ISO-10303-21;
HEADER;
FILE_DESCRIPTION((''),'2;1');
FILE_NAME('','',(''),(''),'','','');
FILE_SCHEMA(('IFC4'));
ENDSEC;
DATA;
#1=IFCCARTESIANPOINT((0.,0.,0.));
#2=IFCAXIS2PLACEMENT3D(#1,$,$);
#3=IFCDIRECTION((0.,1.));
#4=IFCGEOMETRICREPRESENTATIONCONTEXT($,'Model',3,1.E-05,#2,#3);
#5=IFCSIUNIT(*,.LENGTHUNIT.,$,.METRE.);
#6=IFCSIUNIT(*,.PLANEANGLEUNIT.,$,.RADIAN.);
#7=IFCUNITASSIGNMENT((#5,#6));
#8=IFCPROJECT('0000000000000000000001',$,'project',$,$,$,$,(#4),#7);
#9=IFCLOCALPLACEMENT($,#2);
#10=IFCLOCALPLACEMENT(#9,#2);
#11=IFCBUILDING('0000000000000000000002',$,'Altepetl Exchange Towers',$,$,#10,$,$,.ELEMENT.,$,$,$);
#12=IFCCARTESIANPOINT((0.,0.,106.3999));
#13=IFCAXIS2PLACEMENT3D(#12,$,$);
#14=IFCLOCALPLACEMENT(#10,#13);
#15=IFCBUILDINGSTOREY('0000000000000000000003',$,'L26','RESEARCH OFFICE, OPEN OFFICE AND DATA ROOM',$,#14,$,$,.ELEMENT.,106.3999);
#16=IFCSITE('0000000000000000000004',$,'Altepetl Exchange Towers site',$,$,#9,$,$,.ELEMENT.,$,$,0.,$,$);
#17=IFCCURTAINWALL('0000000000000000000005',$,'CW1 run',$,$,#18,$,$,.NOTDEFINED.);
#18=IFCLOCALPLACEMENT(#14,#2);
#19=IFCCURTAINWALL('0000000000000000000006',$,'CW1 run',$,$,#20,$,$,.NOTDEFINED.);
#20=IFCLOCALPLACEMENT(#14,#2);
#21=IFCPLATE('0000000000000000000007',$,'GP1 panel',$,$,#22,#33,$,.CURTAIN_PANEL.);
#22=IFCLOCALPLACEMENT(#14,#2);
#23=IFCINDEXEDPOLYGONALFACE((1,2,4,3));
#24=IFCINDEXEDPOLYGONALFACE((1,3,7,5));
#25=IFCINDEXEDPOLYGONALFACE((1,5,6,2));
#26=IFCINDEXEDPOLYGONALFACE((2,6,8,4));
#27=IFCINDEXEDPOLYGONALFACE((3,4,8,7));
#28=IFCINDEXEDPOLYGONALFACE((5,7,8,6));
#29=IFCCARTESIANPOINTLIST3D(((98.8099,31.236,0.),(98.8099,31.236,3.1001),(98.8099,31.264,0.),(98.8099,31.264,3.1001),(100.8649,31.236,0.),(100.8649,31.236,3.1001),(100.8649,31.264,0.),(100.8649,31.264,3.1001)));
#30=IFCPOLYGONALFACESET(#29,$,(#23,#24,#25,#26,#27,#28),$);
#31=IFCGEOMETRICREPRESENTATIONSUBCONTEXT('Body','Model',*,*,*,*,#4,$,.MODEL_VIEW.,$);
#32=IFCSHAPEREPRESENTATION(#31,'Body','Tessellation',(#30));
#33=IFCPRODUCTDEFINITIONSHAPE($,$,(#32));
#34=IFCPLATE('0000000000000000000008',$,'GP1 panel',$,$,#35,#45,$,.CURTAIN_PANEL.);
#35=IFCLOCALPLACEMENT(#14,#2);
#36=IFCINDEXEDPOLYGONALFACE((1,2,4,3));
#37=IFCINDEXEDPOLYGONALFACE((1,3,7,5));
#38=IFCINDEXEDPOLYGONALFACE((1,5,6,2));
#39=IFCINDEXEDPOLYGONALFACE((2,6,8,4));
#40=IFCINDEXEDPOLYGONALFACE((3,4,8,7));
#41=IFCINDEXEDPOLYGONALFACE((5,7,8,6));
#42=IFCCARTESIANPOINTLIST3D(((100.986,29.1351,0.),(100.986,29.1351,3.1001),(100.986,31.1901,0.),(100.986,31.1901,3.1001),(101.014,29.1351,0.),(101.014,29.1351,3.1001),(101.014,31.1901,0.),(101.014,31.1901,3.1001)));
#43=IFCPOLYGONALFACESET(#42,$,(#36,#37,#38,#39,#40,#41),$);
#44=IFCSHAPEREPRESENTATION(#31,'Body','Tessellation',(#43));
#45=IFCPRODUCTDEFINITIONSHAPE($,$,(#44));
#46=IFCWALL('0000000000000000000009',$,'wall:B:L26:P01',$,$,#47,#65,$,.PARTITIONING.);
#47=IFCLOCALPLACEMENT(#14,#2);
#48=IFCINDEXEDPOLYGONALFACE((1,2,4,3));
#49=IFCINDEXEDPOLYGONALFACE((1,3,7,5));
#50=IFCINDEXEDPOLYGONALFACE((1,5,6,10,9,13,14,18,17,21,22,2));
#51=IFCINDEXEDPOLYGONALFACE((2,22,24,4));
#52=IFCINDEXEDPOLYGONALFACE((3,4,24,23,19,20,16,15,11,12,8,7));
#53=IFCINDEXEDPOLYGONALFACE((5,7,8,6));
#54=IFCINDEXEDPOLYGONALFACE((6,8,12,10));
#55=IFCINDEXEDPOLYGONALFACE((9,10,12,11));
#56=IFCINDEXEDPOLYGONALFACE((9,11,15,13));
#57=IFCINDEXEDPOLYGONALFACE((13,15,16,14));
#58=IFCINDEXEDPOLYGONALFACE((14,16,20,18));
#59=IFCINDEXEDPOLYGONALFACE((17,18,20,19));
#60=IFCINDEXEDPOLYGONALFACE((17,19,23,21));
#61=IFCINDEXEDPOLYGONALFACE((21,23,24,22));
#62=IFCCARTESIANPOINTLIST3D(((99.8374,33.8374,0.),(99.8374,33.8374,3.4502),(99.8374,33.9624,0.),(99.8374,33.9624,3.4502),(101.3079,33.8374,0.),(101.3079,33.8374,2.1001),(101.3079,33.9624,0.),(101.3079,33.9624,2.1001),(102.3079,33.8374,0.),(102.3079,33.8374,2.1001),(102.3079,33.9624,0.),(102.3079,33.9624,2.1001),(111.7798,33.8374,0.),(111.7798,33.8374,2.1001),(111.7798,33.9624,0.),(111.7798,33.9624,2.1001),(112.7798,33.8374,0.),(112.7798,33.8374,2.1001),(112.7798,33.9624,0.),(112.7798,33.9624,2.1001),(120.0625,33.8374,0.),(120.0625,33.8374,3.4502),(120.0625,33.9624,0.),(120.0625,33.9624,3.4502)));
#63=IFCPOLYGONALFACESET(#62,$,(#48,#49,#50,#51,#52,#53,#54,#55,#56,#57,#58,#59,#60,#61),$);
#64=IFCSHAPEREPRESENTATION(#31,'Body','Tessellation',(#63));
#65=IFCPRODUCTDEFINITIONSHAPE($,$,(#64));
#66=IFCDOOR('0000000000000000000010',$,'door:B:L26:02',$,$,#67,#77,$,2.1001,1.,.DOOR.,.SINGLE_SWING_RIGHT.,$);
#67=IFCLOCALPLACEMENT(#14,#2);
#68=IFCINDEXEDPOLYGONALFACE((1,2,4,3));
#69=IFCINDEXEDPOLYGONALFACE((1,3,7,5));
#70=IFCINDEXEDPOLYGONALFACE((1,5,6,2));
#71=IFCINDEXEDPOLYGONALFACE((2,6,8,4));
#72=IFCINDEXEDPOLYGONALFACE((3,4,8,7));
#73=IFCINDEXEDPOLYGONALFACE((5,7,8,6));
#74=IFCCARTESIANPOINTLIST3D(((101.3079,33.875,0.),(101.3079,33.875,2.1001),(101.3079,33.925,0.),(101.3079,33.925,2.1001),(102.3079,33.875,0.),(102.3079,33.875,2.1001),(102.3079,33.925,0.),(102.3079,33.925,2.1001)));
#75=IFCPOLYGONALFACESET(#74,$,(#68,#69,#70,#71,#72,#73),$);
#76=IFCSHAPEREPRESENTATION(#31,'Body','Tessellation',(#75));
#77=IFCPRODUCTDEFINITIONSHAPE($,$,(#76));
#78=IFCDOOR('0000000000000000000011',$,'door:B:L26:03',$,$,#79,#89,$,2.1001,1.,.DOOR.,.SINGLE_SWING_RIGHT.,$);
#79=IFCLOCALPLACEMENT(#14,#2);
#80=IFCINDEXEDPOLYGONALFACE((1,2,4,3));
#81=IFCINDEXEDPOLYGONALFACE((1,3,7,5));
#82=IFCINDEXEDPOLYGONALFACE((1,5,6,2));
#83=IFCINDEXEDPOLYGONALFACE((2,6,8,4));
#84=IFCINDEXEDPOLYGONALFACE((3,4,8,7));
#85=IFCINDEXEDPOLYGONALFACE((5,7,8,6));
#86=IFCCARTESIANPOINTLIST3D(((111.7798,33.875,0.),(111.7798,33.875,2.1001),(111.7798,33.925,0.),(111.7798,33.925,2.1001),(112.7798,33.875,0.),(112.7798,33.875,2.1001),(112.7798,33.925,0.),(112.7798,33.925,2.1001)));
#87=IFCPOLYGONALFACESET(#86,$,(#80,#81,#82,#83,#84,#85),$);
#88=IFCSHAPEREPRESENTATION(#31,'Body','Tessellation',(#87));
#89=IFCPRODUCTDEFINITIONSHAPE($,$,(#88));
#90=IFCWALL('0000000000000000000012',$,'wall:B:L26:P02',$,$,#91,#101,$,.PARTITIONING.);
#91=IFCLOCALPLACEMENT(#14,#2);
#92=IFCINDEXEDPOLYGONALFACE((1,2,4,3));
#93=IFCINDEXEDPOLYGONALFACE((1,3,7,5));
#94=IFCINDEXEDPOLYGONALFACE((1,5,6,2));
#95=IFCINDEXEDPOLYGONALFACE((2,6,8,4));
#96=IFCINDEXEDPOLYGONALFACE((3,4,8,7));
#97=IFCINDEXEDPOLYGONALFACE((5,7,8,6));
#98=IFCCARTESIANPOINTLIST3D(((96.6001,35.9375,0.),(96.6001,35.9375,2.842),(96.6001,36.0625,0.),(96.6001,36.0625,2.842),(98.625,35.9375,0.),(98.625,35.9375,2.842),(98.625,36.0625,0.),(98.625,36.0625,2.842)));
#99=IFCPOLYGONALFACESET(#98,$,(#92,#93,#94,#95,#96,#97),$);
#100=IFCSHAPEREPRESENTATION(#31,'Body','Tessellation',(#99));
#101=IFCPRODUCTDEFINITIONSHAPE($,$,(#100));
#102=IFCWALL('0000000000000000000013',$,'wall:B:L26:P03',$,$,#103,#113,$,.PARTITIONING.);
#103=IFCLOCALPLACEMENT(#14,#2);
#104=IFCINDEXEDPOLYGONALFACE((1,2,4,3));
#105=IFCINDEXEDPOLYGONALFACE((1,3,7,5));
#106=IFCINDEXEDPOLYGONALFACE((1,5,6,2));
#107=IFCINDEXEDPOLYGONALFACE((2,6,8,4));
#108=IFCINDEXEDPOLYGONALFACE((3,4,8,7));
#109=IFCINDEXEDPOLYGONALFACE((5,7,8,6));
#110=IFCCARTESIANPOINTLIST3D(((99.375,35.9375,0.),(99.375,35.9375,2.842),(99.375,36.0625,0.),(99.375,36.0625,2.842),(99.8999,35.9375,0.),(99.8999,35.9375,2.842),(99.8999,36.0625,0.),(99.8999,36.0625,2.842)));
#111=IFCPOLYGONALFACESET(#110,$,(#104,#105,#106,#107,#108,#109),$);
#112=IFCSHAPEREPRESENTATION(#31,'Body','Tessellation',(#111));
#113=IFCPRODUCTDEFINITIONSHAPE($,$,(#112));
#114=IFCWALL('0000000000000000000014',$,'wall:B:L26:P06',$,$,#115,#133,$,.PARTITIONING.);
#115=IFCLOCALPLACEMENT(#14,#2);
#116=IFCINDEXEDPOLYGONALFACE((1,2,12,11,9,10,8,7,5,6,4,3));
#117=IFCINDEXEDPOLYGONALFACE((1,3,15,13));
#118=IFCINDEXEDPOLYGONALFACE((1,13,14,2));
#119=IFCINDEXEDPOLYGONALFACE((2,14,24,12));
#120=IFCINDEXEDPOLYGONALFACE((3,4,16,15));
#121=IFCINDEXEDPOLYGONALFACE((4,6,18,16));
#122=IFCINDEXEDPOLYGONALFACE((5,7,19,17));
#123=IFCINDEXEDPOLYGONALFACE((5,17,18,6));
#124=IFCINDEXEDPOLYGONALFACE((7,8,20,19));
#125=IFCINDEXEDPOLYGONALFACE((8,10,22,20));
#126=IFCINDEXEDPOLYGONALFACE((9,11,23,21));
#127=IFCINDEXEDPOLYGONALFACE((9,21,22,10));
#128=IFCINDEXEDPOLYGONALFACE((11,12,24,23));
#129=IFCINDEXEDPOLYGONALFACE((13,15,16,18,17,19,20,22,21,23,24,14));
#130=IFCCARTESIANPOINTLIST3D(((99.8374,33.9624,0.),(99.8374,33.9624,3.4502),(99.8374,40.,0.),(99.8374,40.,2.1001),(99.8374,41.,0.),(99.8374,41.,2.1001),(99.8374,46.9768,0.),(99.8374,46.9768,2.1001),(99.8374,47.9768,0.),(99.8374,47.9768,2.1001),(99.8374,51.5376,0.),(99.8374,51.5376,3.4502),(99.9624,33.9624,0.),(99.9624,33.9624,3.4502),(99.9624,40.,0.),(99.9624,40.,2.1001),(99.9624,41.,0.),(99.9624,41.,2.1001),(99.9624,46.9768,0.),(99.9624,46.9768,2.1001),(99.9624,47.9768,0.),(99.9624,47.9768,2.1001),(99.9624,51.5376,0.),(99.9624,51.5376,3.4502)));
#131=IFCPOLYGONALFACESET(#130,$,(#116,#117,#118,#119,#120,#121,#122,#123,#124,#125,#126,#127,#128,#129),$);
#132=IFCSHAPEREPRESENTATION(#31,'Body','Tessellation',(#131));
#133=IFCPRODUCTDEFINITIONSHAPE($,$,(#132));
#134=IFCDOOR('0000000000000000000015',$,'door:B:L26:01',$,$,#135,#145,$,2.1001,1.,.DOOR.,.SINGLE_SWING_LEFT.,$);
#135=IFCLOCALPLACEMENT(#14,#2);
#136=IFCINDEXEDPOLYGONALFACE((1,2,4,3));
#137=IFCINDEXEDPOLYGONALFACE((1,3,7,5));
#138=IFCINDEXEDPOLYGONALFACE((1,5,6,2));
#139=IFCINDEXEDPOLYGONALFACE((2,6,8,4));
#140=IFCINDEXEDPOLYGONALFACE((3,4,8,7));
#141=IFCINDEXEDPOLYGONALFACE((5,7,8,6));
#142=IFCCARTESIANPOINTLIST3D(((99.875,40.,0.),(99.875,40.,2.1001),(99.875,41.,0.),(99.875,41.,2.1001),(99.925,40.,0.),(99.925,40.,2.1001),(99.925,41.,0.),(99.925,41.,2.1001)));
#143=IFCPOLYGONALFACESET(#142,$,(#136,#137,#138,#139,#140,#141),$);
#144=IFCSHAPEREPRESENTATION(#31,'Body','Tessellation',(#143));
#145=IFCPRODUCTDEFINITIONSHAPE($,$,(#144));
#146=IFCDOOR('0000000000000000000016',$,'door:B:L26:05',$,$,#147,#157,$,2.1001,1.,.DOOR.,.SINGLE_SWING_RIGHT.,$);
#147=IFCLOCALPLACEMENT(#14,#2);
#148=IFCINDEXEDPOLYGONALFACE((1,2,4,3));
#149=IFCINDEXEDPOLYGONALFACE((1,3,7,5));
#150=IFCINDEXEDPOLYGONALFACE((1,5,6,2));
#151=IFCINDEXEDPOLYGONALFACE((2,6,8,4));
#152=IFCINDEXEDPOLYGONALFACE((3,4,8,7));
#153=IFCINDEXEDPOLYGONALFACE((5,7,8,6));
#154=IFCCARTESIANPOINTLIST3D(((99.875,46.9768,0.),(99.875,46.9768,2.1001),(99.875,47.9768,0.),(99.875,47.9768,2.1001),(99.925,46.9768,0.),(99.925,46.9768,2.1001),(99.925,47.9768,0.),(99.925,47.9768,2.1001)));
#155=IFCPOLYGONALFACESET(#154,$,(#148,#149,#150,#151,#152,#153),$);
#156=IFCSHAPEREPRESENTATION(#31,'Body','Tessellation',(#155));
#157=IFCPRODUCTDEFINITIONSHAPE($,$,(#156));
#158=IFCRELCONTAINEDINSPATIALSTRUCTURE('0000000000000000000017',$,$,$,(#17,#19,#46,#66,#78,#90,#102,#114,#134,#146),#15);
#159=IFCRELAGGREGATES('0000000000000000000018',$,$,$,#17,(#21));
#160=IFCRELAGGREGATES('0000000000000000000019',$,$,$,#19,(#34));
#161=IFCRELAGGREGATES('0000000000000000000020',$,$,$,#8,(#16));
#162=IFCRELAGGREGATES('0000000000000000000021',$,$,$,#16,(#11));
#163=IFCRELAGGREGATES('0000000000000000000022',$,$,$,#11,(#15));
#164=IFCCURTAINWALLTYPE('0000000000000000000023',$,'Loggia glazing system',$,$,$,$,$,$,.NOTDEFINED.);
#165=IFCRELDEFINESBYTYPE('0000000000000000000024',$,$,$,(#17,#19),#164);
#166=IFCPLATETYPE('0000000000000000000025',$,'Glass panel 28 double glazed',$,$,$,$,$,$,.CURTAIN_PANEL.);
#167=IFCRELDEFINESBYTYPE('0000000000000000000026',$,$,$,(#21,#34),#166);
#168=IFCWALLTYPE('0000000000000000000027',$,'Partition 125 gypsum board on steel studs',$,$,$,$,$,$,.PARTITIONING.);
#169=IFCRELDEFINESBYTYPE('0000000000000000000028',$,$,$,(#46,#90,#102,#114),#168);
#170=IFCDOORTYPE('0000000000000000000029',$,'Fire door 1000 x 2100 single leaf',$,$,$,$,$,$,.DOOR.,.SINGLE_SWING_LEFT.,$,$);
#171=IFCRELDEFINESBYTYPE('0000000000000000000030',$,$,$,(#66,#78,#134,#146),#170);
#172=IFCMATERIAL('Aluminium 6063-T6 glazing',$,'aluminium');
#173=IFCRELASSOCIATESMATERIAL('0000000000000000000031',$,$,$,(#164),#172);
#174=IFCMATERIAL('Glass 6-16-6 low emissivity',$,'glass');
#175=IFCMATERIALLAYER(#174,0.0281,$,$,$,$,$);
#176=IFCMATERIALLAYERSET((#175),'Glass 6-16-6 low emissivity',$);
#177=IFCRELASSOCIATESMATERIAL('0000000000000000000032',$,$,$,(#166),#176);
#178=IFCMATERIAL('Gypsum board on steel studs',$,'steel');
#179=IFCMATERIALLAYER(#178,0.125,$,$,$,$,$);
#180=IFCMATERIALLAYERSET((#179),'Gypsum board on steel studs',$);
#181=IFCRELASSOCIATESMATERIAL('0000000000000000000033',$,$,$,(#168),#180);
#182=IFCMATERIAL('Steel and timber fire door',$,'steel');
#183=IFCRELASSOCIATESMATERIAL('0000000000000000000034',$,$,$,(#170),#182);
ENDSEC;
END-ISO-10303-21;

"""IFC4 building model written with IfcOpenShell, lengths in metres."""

from ifc_helpers import new_model, si_unit, direction, frame, frame_2d, origin, origin_2d, place, context, subcontext, project, spatial, rectangle, extrude, material, layer, layer_set, type_object, element, fill, aggregate, save


model = new_model("IFC4")

# Units and contexts
model_context = context("Model", 3, precision=1e-05, world=origin(), true_north=direction((0.0, 1.0)))
body_context = subcontext(model_context, "Body", "Model", "MODEL_VIEW")
ifc_project = project(units=[si_unit("LENGTHUNIT", "METRE"), si_unit("PLANEANGLEUNIT", "RADIAN")], contexts=[model_context])

# Site, building, storey
site_placement = place(None, origin())
site = spatial("IfcSite", under=ifc_project, at=site_placement, Name="Altepetl Exchange Towers site", CompositionType="ELEMENT", RefElevation=0.0)
building_placement = place(site_placement, origin())
building = spatial("IfcBuilding", under=site, at=building_placement, Name="Altepetl Exchange Towers", CompositionType="ELEMENT")
storey_placement = place(building_placement, frame((0.0, 0.0, 106.3999)))
storey = spatial("IfcBuildingStorey", under=building, at=storey_placement, Name="L26", Description="RESEARCH OFFICE, OPEN OFFICE AND DATA ROOM", CompositionType="ELEMENT", Elevation=106.3999)

# Curtain walls
ifc_material_1 = material(Name="Aluminium 6063-T6 glazing", Category="aluminium")
curtain_wall_type = type_object("IfcCurtainWallType", Name="Loggia glazing system", PredefinedType="NOTDEFINED", material=ifc_material_1)
curtain_wall_1_placement = place(storey_placement, origin())
curtain_wall_1 = element("IfcCurtainWall", 1, at=curtain_wall_1_placement, inside=storey, type_object=curtain_wall_type, Name="CW1 run", PredefinedType="NOTDEFINED")
curtain_wall_2_placement = place(storey_placement, origin())
curtain_wall_2 = element("IfcCurtainWall", 2, at=curtain_wall_2_placement, inside=storey, type_object=curtain_wall_type, Name="CW1 run", PredefinedType="NOTDEFINED")

# Plates
ifc_material_2 = material(Name="Glass 6-16-6 low emissivity", Category="glass")
ifc_layer_1 = layer(ifc_material_2, 0.0281)
ifc_layer_set_1 = layer_set([ifc_layer_1], Name="Glass 6-16-6 low emissivity")
plate_type = type_object("IfcPlateType", Name="Glass panel 28 double glazed", PredefinedType="CURTAIN_PANEL", material=ifc_layer_set_1)
plate_1_placement = place(storey_placement, frame((99.8374, 31.25, 0.0)))
plate_1 = element("IfcPlate", 3, at=plate_1_placement, type_object=plate_type, Name="GP1 panel", PredefinedType="CURTAIN_PANEL", context=body_context, shape_type="SweptSolid", body=[
    extrude(rectangle(XDim=2.0549, YDim=0.0281, at=origin_2d()), origin(), (0.0, 0.0, 1.0), 3.1001),
])
aggregate(curtain_wall_1, [plate_1])
plate_2_placement = place(storey_placement, frame((101.0, 30.1626, 0.0), z_axis=(0.0, 0.0, 1.0), x_axis=(0.0, -1.0, 0.0)))
plate_2 = element("IfcPlate", 4, at=plate_2_placement, type_object=plate_type, Name="GP1 panel", PredefinedType="CURTAIN_PANEL", context=body_context, shape_type="SweptSolid", body=[
    extrude(rectangle(XDim=2.0549, YDim=0.0281, at=origin_2d()), origin(), (0.0, 0.0, 1.0), 3.1001),
])
aggregate(curtain_wall_2, [plate_2])

# Wall, openings, doors
ifc_material_3 = material(Name="Gypsum board on steel studs", Category="steel")
ifc_layer_2 = layer(ifc_material_3, 0.125)
ifc_layer_set_2 = layer_set([ifc_layer_2], Name="Gypsum board on steel studs")
wall_type = type_object("IfcWallType", Name="Partition 125 gypsum board on steel studs", PredefinedType="PARTITIONING", material=ifc_layer_set_2)
wall_1_placement = place(storey_placement, frame((99.8374, 33.8999, 0.0)))
wall_1 = element("IfcWall", 5, at=wall_1_placement, inside=storey, type_object=wall_type, Name="wall:B:L26:P01", PredefinedType="PARTITIONING", context=body_context, shape_type="SweptSolid", body=[
    extrude(rectangle(XDim=20.2251, YDim=0.125, at=frame_2d((10.1125, 0.0))), origin(), (0.0, 0.0, 1.0), 3.4502),
])
opening_1_placement = place(wall_1_placement, frame((1.4705, 0.0, 0.0)))
opening_1 = element("IfcOpeningElement", 6, at=opening_1_placement, cuts=wall_1, PredefinedType="OPENING", context=body_context, shape_type="SweptSolid", body=[
    extrude(rectangle(XDim=1.0, YDim=2.1001, at=frame_2d((0.5, 1.05))), frame((0.0, 0.0725, 0.0), z_axis=(0.0, -1.0, 0.0), x_axis=(1.0, 0.0, 0.0)), (0.0, 0.0, 1.0), 0.145),
])
opening_2_placement = place(wall_1_placement, frame((11.9424, 0.0, 0.0)))
opening_2 = element("IfcOpeningElement", 7, at=opening_2_placement, cuts=wall_1, PredefinedType="OPENING", context=body_context, shape_type="SweptSolid", body=[
    extrude(rectangle(XDim=1.0, YDim=2.1001, at=frame_2d((0.5, 1.05))), frame((0.0, 0.0725, 0.0), z_axis=(0.0, -1.0, 0.0), x_axis=(1.0, 0.0, 0.0)), (0.0, 0.0, 1.0), 0.145),
])
ifc_material_4 = material(Name="Steel and timber fire door", Category="steel")
door_type = type_object("IfcDoorType", Name="Fire door 1000 x 2100 single leaf", OperationType="SINGLE_SWING_LEFT", PredefinedType="DOOR", material=ifc_material_4)
door_1_placement = place(opening_1_placement, frame((1.0, 0.0, 0.0), x_axis=(-1.0, 0.0, 0.0)))
door_1 = element("IfcDoor", 8, at=door_1_placement, inside=storey, type_object=door_type, Name="door:B:L26:02", OperationType="SINGLE_SWING_RIGHT", OverallHeight=2.1001, OverallWidth=1.0, PredefinedType="DOOR", context=body_context, shape_type="SweptSolid", body=[
    extrude(rectangle(XDim=1.0, YDim=2.1001, at=frame_2d((0.5, 1.05))), frame((0.0, 0.0249, 0.0), z_axis=(0.0, -1.0, 0.0), x_axis=(1.0, 0.0, 0.0)), (0.0, 0.0, 1.0), 0.05),
])
fill(opening_1, door_1)
door_2_placement = place(opening_2_placement, frame((1.0, 0.0, 0.0), x_axis=(-1.0, 0.0, 0.0)))
door_2 = element("IfcDoor", 9, at=door_2_placement, inside=storey, type_object=door_type, Name="door:B:L26:03", OperationType="SINGLE_SWING_RIGHT", OverallHeight=2.1001, OverallWidth=1.0, PredefinedType="DOOR", context=body_context, shape_type="SweptSolid", body=[
    extrude(rectangle(XDim=1.0, YDim=2.1001, at=frame_2d((0.5, 1.05))), frame((0.0, 0.0249, 0.0), z_axis=(0.0, -1.0, 0.0), x_axis=(1.0, 0.0, 0.0)), (0.0, 0.0, 1.0), 0.05),
])
fill(opening_2, door_2)

# Walls
wall_2_placement = place(storey_placement, frame((96.6001, 36.0, 0.0)))
element("IfcWall", 10, at=wall_2_placement, inside=storey, type_object=wall_type, Name="wall:B:L26:P02", PredefinedType="PARTITIONING", context=body_context, shape_type="SweptSolid", body=[
    extrude(rectangle(XDim=2.0249, YDim=0.125, at=frame_2d((1.0125, 0.0))), origin(), (0.0, 0.0, 1.0), 2.842),
])
wall_3_placement = place(storey_placement, frame((99.375, 36.0, 0.0)))
element("IfcWall", 11, at=wall_3_placement, inside=storey, type_object=wall_type, Name="wall:B:L26:P03", PredefinedType="PARTITIONING", context=body_context, shape_type="SweptSolid", body=[
    extrude(rectangle(XDim=0.5249, YDim=0.125, at=frame_2d((0.2625, 0.0))), origin(), (0.0, 0.0, 1.0), 2.842),
])

# Wall, openings, doors
wall_4_placement = place(storey_placement, frame((99.8999, 33.9624, 0.0), z_axis=(0.0, 0.0, 1.0), x_axis=(0.0, 1.0, 0.0)))
wall_4 = element("IfcWall", 12, at=wall_4_placement, inside=storey, type_object=wall_type, Name="wall:B:L26:P06", PredefinedType="PARTITIONING", context=body_context, shape_type="SweptSolid", body=[
    extrude(rectangle(XDim=17.5752, YDim=0.125, at=frame_2d((8.7876, 0.0))), origin(), (0.0, 0.0, 1.0), 3.4502),
])
opening_3_placement = place(wall_4_placement, frame((6.0376, 0.0, 0.0)))
opening_3 = element("IfcOpeningElement", 13, at=opening_3_placement, cuts=wall_4, PredefinedType="OPENING", context=body_context, shape_type="SweptSolid", body=[
    extrude(rectangle(XDim=1.0, YDim=2.1001, at=frame_2d((0.5, 1.05))), frame((0.0, 0.0725, 0.0), z_axis=(0.0, -1.0, 0.0), x_axis=(1.0, 0.0, 0.0)), (0.0, 0.0, 1.0), 0.145),
])
opening_4_placement = place(wall_4_placement, frame((13.0144, 0.0, 0.0)))
opening_4 = element("IfcOpeningElement", 14, at=opening_4_placement, cuts=wall_4, PredefinedType="OPENING", context=body_context, shape_type="SweptSolid", body=[
    extrude(rectangle(XDim=1.0, YDim=2.1001, at=frame_2d((0.5, 1.05))), frame((0.0, 0.0725, 0.0), z_axis=(0.0, -1.0, 0.0), x_axis=(1.0, 0.0, 0.0)), (0.0, 0.0, 1.0), 0.145),
])
door_3_placement = place(opening_3_placement, origin())
door_3 = element("IfcDoor", 15, at=door_3_placement, inside=storey, type_object=door_type, Name="door:B:L26:01", OperationType="SINGLE_SWING_LEFT", OverallHeight=2.1001, OverallWidth=1.0, PredefinedType="DOOR", context=body_context, shape_type="SweptSolid", body=[
    extrude(rectangle(XDim=1.0, YDim=2.1001, at=frame_2d((0.5, 1.05))), frame((0.0, 0.0249, 0.0), z_axis=(0.0, -1.0, 0.0), x_axis=(1.0, 0.0, 0.0)), (0.0, 0.0, 1.0), 0.05),
])
fill(opening_3, door_3)
door_4_placement = place(opening_4_placement, origin())
door_4 = element("IfcDoor", 16, at=door_4_placement, inside=storey, type_object=door_type, Name="door:B:L26:05", OperationType="SINGLE_SWING_RIGHT", OverallHeight=2.1001, OverallWidth=1.0, PredefinedType="DOOR", context=body_context, shape_type="SweptSolid", body=[
    extrude(rectangle(XDim=1.0, YDim=2.1001, at=frame_2d((0.5, 1.05))), frame((0.0, 0.0249, 0.0), z_axis=(0.0, -1.0, 0.0), x_axis=(1.0, 0.0, 0.0)), (0.0, 0.0, 1.0), 0.05),
])
fill(opening_4, door_4)

save(model, "model.ifc")
